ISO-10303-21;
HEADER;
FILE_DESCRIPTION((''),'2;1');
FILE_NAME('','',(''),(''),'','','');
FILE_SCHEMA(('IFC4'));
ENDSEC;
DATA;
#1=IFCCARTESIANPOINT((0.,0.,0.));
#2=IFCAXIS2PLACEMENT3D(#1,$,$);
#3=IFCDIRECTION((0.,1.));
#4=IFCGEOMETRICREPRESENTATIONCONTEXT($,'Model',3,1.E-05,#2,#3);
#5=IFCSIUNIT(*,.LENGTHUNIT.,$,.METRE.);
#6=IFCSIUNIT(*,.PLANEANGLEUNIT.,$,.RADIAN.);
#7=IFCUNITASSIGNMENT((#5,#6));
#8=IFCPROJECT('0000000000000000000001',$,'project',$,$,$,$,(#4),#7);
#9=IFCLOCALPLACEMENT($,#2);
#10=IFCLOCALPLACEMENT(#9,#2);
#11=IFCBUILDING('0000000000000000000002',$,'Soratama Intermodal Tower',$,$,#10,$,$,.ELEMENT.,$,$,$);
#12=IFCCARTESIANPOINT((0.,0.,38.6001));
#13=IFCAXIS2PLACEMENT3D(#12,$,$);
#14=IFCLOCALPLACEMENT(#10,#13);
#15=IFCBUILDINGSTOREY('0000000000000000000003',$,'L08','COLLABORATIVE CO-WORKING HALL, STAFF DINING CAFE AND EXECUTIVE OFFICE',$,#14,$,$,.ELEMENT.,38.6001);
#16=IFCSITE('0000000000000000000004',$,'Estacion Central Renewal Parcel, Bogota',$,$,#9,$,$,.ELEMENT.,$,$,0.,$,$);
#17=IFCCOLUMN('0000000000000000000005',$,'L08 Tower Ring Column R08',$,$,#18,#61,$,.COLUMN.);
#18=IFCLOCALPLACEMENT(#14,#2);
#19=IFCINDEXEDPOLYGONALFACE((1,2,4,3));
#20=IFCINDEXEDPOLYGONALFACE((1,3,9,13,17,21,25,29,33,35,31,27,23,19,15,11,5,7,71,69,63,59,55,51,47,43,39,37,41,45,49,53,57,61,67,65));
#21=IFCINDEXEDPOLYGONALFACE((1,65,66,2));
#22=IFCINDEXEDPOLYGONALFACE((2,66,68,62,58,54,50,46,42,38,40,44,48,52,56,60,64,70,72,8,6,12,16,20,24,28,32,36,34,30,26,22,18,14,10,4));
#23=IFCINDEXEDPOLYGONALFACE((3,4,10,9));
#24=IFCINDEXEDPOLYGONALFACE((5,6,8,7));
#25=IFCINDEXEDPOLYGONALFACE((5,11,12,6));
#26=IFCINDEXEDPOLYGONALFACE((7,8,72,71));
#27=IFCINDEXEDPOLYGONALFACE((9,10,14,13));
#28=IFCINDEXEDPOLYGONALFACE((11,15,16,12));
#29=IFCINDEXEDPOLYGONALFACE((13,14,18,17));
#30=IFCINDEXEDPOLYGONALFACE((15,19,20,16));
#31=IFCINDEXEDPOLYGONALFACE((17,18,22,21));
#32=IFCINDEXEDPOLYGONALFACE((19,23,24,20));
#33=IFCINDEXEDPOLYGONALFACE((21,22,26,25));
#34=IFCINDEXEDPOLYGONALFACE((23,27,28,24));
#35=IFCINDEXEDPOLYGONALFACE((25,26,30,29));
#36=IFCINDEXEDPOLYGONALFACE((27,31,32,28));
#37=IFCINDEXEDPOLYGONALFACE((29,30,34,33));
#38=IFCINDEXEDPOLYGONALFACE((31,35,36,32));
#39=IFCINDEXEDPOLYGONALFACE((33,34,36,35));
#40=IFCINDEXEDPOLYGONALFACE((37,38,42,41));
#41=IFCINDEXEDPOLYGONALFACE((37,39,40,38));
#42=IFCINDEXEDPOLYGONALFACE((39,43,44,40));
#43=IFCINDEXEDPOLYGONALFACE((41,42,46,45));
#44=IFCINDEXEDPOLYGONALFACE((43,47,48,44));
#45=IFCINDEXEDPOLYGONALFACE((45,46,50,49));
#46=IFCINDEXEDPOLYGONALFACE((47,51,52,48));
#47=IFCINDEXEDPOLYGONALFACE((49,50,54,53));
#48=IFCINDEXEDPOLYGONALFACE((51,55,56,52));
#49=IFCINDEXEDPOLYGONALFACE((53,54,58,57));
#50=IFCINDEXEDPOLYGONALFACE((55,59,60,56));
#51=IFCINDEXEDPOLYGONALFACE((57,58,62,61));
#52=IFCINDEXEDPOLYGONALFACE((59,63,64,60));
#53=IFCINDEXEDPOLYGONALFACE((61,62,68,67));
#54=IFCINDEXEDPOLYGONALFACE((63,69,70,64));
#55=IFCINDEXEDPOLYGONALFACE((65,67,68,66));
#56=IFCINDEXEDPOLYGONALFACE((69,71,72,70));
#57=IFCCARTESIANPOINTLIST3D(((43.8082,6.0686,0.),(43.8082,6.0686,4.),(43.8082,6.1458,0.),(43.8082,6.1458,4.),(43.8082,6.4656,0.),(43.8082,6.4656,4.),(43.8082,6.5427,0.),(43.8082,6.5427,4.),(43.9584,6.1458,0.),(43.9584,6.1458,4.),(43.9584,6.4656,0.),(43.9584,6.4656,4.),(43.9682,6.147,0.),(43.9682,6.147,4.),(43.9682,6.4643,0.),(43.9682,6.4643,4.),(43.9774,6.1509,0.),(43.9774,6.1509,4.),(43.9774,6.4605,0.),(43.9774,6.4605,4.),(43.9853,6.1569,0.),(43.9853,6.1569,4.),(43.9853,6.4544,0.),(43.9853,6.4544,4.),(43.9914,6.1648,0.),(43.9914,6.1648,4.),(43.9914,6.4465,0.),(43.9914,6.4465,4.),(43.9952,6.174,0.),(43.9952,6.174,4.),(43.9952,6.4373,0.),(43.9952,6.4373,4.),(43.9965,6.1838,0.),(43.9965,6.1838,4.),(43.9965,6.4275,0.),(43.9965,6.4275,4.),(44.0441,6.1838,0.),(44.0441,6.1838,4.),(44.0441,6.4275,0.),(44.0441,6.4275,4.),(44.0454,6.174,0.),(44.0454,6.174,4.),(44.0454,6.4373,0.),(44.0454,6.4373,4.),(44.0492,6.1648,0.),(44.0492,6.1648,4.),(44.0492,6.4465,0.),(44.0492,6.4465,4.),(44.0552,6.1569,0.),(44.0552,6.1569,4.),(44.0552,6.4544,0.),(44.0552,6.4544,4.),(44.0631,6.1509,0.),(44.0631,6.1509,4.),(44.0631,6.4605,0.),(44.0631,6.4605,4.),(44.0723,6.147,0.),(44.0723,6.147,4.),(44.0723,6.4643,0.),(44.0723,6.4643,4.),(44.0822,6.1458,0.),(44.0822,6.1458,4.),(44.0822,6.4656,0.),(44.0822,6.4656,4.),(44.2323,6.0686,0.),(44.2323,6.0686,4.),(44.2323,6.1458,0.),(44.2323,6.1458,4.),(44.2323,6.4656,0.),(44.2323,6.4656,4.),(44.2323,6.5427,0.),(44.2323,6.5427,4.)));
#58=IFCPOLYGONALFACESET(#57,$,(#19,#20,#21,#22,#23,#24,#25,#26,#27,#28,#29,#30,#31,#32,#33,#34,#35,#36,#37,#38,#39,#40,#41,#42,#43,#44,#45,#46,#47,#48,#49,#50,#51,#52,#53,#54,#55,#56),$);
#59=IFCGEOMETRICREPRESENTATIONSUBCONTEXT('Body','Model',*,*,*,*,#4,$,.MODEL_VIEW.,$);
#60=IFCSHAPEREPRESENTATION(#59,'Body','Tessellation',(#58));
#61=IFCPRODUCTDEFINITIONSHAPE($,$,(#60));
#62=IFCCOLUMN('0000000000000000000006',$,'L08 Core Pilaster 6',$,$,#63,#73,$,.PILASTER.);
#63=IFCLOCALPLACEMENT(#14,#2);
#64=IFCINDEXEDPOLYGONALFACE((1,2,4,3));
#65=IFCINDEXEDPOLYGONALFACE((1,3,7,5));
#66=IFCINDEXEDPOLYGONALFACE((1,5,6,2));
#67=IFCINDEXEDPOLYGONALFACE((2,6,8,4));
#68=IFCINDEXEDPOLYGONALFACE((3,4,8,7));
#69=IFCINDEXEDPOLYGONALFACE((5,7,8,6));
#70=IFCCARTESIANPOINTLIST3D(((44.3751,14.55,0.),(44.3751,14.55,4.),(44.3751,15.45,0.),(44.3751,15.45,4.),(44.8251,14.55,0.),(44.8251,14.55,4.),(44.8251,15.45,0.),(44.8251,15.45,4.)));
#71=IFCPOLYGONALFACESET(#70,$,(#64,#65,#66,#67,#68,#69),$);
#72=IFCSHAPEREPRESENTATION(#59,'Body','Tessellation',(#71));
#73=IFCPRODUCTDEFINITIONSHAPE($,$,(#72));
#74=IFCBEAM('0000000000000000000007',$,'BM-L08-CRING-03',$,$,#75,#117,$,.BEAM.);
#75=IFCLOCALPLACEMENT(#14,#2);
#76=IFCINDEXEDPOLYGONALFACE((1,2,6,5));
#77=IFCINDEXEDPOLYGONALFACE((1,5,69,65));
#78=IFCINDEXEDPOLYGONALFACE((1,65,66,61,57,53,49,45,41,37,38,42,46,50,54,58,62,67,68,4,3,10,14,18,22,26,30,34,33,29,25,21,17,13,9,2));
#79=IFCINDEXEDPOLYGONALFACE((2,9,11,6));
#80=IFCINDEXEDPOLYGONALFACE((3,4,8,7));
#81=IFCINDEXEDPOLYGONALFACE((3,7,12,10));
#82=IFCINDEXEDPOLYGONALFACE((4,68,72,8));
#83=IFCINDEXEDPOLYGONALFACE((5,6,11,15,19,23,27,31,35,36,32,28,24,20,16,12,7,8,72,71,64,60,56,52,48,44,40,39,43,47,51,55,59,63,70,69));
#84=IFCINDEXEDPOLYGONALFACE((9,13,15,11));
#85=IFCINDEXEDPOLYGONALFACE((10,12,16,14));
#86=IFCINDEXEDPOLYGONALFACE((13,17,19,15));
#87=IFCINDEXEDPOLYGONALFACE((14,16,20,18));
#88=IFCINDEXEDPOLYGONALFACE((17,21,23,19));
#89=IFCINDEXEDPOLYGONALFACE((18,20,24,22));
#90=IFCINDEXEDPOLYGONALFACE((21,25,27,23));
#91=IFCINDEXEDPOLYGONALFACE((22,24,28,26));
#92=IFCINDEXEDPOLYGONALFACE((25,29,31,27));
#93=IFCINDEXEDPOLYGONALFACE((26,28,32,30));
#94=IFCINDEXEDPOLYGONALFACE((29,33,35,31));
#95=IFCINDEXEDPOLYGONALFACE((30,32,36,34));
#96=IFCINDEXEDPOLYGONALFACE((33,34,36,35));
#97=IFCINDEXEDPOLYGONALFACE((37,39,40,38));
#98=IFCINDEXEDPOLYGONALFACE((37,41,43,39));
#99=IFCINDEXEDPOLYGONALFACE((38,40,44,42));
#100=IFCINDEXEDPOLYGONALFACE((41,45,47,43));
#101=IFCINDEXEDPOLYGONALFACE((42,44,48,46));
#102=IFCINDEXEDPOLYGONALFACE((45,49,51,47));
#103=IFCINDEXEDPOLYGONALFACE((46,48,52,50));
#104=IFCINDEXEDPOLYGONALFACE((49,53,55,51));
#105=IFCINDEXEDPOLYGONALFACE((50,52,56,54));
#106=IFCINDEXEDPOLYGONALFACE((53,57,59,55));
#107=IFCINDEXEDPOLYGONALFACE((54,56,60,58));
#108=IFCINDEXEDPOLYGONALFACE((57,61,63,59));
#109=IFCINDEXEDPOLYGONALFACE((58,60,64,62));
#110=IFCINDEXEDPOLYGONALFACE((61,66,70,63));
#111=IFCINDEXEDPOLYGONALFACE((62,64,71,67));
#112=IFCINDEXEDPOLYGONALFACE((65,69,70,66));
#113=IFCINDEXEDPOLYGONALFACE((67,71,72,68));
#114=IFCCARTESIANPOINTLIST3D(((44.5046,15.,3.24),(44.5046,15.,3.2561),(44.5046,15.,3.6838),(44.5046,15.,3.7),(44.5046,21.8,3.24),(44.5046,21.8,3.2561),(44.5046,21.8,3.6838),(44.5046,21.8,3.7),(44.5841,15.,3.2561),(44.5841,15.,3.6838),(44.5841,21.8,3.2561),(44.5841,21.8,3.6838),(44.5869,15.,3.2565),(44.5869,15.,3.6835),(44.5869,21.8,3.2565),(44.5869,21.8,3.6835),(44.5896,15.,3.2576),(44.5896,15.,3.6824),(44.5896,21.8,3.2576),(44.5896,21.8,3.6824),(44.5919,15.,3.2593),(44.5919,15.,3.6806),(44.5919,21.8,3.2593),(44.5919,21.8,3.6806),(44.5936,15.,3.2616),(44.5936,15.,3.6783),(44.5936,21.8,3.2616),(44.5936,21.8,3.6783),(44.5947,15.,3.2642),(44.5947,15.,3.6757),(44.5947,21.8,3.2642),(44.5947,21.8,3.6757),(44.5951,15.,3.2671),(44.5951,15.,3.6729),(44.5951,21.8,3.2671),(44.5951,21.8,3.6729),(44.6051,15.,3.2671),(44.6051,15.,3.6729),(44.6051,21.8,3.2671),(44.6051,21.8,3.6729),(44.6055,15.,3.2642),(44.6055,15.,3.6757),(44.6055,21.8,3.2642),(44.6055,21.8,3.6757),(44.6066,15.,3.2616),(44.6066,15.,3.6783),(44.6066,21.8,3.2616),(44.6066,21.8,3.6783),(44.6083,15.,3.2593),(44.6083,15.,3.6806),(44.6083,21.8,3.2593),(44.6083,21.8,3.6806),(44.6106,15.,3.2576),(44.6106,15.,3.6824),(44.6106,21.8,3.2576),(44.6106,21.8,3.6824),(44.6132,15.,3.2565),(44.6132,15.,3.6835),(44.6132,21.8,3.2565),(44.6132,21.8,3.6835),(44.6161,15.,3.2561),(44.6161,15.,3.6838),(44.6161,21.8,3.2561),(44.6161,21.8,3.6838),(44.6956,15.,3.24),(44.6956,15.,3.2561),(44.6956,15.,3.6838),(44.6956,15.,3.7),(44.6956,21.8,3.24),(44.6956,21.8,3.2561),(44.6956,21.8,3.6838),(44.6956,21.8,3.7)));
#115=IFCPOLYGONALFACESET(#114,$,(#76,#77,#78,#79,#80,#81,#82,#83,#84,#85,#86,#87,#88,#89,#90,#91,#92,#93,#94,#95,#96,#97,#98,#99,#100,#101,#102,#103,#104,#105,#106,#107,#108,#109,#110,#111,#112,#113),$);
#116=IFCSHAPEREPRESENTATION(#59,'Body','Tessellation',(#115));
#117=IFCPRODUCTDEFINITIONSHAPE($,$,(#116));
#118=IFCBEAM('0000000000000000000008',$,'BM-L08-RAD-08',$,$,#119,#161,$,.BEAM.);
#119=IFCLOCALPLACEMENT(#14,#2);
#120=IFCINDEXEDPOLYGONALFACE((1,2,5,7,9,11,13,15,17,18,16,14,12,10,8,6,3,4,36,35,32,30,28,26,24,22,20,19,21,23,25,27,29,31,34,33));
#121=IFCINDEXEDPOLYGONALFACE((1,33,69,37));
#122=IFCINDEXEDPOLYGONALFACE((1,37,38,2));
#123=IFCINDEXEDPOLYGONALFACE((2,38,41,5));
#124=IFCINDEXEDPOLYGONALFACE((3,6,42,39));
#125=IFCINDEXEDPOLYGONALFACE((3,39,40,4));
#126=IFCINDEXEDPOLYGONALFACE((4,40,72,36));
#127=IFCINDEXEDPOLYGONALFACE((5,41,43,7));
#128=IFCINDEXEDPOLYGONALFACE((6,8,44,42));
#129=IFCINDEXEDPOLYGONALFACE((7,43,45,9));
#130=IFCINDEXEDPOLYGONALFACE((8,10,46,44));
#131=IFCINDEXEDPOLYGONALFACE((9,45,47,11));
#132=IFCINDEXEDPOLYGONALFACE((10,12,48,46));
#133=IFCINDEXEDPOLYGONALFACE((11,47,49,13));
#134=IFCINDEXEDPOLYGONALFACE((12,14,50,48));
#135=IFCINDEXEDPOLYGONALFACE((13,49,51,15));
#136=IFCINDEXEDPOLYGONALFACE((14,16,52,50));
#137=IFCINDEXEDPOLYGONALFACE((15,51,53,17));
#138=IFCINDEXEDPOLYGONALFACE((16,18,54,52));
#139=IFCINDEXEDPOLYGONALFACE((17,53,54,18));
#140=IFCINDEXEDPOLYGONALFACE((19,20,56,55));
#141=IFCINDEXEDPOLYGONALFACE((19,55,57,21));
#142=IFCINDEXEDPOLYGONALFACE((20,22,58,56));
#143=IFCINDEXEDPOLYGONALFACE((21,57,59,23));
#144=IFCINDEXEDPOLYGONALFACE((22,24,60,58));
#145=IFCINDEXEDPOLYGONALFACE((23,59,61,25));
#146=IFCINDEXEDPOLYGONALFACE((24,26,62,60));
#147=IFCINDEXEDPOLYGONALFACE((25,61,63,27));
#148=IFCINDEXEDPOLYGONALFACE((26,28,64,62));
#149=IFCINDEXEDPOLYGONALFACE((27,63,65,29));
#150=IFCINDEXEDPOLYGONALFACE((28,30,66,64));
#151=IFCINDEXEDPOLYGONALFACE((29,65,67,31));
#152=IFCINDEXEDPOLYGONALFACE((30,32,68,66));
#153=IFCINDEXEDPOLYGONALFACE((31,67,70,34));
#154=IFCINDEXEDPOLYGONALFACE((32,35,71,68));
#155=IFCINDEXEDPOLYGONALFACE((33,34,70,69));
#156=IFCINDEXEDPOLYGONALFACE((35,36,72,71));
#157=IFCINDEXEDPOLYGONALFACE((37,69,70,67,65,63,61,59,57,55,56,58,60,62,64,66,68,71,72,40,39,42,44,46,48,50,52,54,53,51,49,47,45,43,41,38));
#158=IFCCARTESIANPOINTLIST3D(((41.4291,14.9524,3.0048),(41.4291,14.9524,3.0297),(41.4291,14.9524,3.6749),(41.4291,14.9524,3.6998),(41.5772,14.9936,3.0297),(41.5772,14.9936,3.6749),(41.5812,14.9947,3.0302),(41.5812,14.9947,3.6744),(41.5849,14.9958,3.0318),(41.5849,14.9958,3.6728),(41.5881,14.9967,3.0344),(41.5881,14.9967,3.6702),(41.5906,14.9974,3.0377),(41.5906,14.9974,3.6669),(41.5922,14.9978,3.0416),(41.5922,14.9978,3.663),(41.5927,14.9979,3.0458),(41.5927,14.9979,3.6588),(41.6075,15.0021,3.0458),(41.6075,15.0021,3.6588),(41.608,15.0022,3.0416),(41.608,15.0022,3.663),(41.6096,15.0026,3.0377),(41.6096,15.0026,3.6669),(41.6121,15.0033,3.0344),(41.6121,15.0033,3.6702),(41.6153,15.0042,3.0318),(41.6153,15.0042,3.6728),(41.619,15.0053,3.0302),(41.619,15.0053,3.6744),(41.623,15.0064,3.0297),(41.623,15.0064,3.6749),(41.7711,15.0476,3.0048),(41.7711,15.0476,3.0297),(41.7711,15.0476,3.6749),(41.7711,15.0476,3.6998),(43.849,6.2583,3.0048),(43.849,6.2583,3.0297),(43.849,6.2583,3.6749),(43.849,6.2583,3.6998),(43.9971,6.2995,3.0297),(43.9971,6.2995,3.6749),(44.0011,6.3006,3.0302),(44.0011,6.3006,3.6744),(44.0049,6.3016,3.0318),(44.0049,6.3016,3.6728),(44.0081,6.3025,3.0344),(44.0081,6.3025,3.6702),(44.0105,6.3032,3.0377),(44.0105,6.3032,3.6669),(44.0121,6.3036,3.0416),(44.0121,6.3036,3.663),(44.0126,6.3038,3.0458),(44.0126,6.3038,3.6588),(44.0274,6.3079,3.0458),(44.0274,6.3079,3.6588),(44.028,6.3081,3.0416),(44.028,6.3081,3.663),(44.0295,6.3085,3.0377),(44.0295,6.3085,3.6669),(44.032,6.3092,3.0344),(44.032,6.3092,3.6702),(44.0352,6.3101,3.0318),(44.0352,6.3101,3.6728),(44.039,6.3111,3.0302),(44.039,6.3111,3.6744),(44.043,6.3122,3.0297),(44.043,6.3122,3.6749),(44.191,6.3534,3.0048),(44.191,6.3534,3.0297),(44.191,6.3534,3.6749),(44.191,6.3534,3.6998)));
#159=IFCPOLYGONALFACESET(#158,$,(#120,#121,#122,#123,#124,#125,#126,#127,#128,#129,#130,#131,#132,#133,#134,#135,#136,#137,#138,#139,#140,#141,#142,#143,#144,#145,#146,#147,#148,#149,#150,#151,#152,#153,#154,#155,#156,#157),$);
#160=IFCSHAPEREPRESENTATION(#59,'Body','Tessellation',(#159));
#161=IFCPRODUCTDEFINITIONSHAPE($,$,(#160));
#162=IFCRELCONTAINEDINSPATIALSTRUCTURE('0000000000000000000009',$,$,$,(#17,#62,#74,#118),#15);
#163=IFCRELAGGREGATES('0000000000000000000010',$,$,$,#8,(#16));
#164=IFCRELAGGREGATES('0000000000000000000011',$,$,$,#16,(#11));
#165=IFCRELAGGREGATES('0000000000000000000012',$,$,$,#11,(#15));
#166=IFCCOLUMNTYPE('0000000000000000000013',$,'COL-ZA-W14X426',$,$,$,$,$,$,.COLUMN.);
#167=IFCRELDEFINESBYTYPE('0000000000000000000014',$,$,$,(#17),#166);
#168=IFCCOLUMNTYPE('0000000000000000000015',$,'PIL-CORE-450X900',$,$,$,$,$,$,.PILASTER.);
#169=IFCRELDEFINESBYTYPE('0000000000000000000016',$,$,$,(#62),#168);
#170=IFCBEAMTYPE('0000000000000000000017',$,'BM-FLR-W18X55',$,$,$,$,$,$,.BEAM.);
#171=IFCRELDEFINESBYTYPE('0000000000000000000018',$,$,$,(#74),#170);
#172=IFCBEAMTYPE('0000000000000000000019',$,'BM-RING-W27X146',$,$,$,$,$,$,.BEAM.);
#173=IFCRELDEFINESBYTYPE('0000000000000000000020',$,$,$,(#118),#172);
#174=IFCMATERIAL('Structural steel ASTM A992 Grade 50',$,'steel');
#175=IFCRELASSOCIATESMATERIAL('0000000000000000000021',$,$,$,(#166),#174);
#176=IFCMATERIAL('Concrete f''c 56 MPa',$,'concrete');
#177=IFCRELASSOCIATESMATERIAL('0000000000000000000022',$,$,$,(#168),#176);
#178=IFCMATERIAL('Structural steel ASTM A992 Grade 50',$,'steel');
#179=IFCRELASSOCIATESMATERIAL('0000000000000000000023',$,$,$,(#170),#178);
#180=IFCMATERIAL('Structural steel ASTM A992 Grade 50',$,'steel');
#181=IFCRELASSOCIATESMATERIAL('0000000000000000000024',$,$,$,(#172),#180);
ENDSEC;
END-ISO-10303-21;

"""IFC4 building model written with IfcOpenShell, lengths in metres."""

from ifc_helpers import new_model, si_unit, direction, frame, origin, origin_2d, place, context, subcontext, project, spatial, rectangle, i_section, extrude, material, material_profile, profile_set, type_object, element, save


model = new_model("IFC4")

# Units and contexts
model_context = context("Model", 3, precision=1e-05, world=origin(), true_north=direction((0.0, 1.0)))
body_context = subcontext(model_context, "Body", "Model", "MODEL_VIEW")
ifc_project = project(units=[si_unit("LENGTHUNIT", "METRE"), si_unit("PLANEANGLEUNIT", "RADIAN")], contexts=[model_context])

# Site, building, storey
site_placement = place(None, origin())
site = spatial("IfcSite", under=ifc_project, at=site_placement, Name="Estacion Central Renewal Parcel, Bogota", CompositionType="ELEMENT", RefElevation=0.0)
building_placement = place(site_placement, origin())
building = spatial("IfcBuilding", under=site, at=building_placement, Name="Soratama Intermodal Tower", CompositionType="ELEMENT")
storey_placement = place(building_placement, frame((0.0, 0.0, 38.6001)))
storey = spatial("IfcBuildingStorey", under=building, at=storey_placement, Name="L08", Description="COLLABORATIVE CO-WORKING HALL, STAFF DINING CAFE AND EXECUTIVE OFFICE", CompositionType="ELEMENT", Elevation=38.6001)

# Columns
ifc_material_1 = material(Name="Structural steel ASTM A992 Grade 50", Category="steel")
ifc_material_profile_1 = material_profile(ifc_material_1, i_section(OverallWidth=0.4241, OverallDepth=0.4741, WebThickness=0.0476, FlangeThickness=0.0771, FilletRadius=0.0381, at=origin_2d()), Name="W14X426")
ifc_profile_set_1 = profile_set([ifc_material_profile_1], Name="Structural steel ASTM A992 Grade 50")
column_type_1 = type_object("IfcColumnType", Name="COL-ZA-W14X426", PredefinedType="COLUMN", material=ifc_profile_set_1)
column_1_placement = place(storey_placement, frame((44.0203, 6.3057, 0.0), z_axis=(0.0, 0.0, 1.0), x_axis=(1.0, 0.0, 0.0)))
element("IfcColumn", 1, at=column_1_placement, inside=storey, type_object=column_type_1, Name="L08 Tower Ring Column R08", PredefinedType="COLUMN", context=body_context, shape_type="SweptSolid", body=[
    extrude(i_section(OverallWidth=0.4241, OverallDepth=0.4741, WebThickness=0.0476, FlangeThickness=0.0771, FilletRadius=0.0381, at=origin_2d()), origin(), (0.0, 0.0, 1.0), 4.0),
])
ifc_material_2 = material(Name="Concrete f'c 56 MPa", Category="concrete")
ifc_material_profile_2 = material_profile(ifc_material_2, rectangle(XDim=0.45, YDim=0.8999, at=origin_2d()), Name="RC450X900")
ifc_profile_set_2 = profile_set([ifc_material_profile_2], Name="Concrete f'c 56 MPa")
column_type_2 = type_object("IfcColumnType", Name="PIL-CORE-450X900", PredefinedType="PILASTER", material=ifc_profile_set_2)
column_2_placement = place(storey_placement, frame((44.6001, 15.0, 0.0), z_axis=(0.0, 0.0, 1.0), x_axis=(1.0, 0.0, 0.0)))
element("IfcColumn", 2, at=column_2_placement, inside=storey, type_object=column_type_2, Name="L08 Core Pilaster 6", PredefinedType="PILASTER", context=body_context, shape_type="SweptSolid", body=[
    extrude(rectangle(XDim=0.45, YDim=0.8999, at=origin_2d()), origin(), (0.0, 0.0, 1.0), 4.0),
])

# Beams
ifc_material_3 = material(Name="Structural steel ASTM A992 Grade 50", Category="steel")
ifc_material_profile_3 = material_profile(ifc_material_3, i_section(OverallWidth=0.1909, OverallDepth=0.46, WebThickness=0.01, FlangeThickness=0.0161, FilletRadius=0.011, at=origin_2d()), Name="W18X55")
ifc_profile_set_3 = profile_set([ifc_material_profile_3], Name="Structural steel ASTM A992 Grade 50")
beam_type_1 = type_object("IfcBeamType", Name="BM-FLR-W18X55", PredefinedType="BEAM", material=ifc_profile_set_3)
beam_1_placement = place(storey_placement, frame((44.6001, 15.0, 3.47), z_axis=(0.0, 1.0, 0.0), x_axis=(-1.0, 0.0, 0.0)))
element("IfcBeam", 3, at=beam_1_placement, inside=storey, type_object=beam_type_1, Name="BM-L08-CRING-03", PredefinedType="BEAM", context=body_context, shape_type="SweptSolid", body=[
    extrude(i_section(OverallWidth=0.1909, OverallDepth=0.46, WebThickness=0.01, FlangeThickness=0.0161, FilletRadius=0.011, at=origin_2d()), origin(), (0.0, 0.0, 1.0), 6.8),
])
ifc_material_4 = material(Name="Structural steel ASTM A992 Grade 50", Category="steel")
ifc_material_profile_4 = material_profile(ifc_material_4, i_section(OverallWidth=0.355, OverallDepth=0.6951, WebThickness=0.0154, FlangeThickness=0.0249, FilletRadius=0.0161, at=origin_2d()), Name="W27X146")
ifc_profile_set_4 = profile_set([ifc_material_profile_4], Name="Structural steel ASTM A992 Grade 50")
beam_type_2 = type_object("IfcBeamType", Name="BM-RING-W27X146", PredefinedType="BEAM", material=ifc_profile_set_4)
beam_2_placement = place(storey_placement, frame((41.6001, 15.0, 3.3523), z_axis=(0.268148, -0.963378, 0.0), x_axis=(0.963378, 0.268148, 0.0)))
element("IfcBeam", 4, at=beam_2_placement, inside=storey, type_object=beam_type_2, Name="BM-L08-RAD-08", PredefinedType="BEAM", context=body_context, shape_type="SweptSolid", body=[
    extrude(i_section(OverallWidth=0.355, OverallDepth=0.6951, WebThickness=0.0154, FlangeThickness=0.0249, FilletRadius=0.0161, at=origin_2d()), origin(), (0.0, 0.0, 1.0), 9.0247),
])

save(model, "model.ifc")
